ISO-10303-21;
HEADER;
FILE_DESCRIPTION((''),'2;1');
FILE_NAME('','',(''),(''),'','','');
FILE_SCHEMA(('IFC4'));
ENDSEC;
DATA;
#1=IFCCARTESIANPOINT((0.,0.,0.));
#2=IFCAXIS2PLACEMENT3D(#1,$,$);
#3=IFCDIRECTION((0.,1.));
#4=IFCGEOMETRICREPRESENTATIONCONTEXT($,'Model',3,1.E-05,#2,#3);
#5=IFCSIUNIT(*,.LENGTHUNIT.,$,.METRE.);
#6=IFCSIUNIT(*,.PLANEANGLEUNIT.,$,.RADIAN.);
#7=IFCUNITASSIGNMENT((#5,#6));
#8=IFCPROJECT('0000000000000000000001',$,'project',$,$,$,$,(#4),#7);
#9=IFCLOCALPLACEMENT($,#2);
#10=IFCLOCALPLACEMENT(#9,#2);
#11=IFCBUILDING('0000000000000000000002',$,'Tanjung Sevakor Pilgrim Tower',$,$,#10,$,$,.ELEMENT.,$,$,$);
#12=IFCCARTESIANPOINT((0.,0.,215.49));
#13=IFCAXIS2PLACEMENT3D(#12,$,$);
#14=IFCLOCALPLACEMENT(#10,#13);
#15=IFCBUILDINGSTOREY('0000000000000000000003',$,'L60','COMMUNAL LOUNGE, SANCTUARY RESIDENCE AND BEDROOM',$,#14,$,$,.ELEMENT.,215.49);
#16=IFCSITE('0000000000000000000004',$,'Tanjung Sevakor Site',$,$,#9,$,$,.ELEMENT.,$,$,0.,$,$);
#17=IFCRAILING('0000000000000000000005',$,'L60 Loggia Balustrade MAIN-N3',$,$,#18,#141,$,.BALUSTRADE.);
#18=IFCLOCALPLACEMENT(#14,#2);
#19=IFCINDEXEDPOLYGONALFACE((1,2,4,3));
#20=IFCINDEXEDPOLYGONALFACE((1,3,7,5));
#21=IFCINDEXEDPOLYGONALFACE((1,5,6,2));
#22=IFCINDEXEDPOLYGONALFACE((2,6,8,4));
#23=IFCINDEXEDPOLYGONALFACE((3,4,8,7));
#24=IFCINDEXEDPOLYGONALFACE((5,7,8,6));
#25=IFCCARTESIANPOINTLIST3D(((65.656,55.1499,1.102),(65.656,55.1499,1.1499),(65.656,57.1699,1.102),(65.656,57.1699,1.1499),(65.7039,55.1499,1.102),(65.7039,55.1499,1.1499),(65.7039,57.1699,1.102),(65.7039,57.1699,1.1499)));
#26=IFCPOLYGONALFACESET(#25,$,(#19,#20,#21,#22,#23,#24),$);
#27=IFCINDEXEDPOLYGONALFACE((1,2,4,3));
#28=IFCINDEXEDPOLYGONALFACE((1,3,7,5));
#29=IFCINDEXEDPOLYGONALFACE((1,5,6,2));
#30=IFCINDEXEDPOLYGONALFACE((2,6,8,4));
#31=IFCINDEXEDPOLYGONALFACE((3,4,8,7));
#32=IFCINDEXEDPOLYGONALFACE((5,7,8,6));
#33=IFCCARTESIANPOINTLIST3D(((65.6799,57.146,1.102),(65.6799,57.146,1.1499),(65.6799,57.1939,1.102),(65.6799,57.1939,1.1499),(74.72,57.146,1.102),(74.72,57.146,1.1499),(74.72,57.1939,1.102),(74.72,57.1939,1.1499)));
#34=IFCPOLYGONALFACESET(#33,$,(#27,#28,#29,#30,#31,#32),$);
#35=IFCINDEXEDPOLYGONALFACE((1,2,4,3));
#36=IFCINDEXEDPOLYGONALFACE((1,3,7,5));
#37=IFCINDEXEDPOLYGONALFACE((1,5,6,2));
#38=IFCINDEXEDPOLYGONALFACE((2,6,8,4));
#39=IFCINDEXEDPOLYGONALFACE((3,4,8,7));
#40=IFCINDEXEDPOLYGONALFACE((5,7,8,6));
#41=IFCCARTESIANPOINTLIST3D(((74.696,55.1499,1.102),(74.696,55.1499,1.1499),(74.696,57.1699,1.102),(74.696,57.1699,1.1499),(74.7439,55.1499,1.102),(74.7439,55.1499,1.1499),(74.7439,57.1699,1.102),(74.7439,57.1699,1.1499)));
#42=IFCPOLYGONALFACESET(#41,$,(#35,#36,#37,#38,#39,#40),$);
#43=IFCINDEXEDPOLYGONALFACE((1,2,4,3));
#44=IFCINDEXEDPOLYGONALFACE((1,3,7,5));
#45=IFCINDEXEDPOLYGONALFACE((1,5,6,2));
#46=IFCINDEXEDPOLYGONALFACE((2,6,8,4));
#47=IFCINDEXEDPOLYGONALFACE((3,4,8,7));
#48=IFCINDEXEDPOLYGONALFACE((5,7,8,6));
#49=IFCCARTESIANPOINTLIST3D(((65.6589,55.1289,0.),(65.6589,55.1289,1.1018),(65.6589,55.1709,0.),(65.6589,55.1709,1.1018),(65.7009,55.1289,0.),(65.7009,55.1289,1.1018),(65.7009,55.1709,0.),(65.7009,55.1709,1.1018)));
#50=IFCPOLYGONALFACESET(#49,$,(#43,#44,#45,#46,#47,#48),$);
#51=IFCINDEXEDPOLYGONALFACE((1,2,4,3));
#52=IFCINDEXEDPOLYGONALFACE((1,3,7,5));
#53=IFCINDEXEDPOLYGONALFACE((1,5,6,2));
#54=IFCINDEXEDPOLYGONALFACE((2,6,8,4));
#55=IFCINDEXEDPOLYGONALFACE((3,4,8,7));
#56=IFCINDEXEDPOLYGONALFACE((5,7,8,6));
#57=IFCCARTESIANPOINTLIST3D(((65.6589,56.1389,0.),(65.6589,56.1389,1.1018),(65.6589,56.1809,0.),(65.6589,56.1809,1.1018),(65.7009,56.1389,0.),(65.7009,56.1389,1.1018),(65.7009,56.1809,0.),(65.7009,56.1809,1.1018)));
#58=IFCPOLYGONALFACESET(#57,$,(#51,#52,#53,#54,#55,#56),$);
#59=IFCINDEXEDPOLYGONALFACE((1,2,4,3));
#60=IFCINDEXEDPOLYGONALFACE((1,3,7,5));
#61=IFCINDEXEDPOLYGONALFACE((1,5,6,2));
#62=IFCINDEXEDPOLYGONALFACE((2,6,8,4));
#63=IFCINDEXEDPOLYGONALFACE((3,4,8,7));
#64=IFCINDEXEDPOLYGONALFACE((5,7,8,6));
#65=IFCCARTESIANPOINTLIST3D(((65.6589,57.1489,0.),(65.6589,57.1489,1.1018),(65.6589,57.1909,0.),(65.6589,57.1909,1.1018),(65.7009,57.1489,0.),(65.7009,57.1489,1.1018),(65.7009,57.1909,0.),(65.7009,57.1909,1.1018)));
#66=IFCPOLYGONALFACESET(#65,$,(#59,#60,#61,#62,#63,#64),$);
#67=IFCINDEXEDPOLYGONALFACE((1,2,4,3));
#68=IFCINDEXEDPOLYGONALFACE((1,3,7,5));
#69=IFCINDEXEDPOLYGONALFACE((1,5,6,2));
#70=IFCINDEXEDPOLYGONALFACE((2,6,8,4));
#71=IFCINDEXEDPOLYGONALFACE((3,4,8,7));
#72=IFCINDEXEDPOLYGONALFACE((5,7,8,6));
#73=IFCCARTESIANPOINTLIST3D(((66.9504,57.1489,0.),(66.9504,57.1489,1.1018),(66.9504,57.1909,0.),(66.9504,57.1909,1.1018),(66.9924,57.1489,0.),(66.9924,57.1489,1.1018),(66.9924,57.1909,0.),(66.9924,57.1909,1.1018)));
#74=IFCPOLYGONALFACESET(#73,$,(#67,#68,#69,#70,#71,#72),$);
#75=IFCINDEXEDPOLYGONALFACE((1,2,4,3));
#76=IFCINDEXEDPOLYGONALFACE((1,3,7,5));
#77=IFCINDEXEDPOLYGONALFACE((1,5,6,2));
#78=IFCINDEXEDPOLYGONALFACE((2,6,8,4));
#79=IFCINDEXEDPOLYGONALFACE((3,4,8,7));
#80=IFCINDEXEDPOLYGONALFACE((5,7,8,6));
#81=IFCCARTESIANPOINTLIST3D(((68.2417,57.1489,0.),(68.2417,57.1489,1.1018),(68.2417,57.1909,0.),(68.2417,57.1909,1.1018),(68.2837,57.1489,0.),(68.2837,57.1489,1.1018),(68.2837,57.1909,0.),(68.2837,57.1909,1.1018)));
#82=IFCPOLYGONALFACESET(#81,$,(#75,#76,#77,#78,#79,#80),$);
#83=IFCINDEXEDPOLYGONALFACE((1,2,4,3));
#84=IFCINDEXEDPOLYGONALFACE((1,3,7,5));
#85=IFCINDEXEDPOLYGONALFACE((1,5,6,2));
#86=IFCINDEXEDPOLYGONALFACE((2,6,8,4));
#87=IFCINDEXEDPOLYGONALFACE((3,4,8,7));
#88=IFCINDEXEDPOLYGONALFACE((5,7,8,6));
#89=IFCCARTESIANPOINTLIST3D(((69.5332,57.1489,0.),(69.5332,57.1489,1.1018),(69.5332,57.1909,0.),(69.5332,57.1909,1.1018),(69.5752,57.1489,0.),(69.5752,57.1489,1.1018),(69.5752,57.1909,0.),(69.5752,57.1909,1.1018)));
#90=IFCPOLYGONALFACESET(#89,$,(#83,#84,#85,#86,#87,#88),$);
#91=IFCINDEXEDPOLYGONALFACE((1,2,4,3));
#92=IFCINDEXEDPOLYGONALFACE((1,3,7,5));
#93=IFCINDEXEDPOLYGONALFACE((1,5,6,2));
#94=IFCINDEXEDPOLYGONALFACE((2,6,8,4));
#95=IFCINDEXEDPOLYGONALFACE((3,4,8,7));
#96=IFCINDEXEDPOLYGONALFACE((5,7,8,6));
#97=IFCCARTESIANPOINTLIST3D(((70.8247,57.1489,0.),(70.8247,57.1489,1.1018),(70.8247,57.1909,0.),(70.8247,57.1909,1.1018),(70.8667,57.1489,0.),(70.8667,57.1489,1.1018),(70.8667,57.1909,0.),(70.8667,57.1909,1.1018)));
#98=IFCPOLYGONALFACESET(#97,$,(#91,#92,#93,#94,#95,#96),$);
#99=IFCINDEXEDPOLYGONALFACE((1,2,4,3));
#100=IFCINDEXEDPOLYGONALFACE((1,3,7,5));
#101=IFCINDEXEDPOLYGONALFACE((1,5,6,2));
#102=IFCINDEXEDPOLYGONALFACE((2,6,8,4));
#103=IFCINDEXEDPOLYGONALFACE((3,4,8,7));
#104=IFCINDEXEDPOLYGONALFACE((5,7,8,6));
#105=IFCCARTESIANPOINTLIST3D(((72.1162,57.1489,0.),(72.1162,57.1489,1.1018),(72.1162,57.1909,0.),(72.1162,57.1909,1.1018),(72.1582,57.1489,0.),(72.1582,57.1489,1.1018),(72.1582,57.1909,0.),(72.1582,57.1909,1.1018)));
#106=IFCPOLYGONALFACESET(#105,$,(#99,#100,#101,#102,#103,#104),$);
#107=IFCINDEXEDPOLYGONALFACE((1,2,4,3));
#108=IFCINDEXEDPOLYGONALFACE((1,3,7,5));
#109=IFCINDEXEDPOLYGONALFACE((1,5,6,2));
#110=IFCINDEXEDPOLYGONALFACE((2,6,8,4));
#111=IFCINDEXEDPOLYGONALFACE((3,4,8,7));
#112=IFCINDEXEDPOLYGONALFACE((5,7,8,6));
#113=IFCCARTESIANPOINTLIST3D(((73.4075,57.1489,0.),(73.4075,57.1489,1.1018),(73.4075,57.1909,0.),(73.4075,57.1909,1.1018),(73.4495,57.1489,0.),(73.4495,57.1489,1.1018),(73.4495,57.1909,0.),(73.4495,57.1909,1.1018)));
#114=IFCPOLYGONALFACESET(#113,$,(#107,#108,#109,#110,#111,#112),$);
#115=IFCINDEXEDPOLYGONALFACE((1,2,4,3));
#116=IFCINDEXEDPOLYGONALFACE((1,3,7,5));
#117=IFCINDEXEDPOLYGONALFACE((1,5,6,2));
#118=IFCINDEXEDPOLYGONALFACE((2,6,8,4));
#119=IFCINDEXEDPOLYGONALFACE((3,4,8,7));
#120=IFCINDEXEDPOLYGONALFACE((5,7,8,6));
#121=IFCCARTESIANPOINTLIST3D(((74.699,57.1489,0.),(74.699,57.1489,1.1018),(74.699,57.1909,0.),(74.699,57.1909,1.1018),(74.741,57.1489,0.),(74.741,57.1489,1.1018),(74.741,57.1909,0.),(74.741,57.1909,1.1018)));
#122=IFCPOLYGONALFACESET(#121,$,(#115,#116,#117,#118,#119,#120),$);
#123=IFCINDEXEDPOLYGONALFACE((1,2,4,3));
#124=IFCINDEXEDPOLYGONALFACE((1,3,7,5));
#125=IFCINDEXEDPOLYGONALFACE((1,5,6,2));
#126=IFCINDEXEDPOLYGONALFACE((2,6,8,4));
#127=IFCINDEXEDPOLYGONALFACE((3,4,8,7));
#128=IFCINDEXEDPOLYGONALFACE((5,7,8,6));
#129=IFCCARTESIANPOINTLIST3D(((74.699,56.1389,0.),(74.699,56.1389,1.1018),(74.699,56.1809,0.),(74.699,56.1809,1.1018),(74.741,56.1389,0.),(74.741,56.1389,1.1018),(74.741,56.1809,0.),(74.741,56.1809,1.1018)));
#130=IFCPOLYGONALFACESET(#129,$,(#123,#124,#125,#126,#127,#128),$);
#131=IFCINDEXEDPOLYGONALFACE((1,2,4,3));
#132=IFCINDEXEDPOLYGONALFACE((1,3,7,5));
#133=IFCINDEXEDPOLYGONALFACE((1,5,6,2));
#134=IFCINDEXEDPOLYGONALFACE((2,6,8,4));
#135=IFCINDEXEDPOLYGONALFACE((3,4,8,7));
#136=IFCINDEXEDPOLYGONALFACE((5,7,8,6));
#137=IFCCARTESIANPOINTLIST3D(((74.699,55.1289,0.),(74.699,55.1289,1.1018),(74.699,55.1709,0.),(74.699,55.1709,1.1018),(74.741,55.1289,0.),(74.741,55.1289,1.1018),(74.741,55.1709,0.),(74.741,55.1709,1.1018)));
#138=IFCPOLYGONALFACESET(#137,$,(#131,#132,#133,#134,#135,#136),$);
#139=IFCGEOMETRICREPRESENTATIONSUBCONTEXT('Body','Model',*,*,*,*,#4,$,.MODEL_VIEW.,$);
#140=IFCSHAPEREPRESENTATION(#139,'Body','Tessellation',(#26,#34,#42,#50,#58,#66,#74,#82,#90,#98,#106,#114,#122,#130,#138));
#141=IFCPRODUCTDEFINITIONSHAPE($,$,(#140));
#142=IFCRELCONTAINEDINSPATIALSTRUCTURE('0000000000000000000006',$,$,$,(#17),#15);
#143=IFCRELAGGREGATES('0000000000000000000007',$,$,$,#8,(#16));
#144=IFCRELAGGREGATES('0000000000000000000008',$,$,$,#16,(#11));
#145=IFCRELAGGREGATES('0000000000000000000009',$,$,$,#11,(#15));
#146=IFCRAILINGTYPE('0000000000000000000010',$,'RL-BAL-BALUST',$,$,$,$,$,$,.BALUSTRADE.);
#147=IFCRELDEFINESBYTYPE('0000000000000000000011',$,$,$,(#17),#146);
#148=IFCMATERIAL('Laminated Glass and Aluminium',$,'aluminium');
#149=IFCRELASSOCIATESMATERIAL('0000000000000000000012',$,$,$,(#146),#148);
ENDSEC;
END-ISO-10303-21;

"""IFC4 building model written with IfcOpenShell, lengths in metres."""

from ifc_helpers import new_model, si_unit, direction, frame, origin, place, context, subcontext, project, spatial, rectangle, extrude, material, type_object, element, save


model = new_model("IFC4")

# Units and contexts
model_context = context("Model", 3, precision=1e-05, world=origin(), true_north=direction((0.0, 1.0)))
body_context = subcontext(model_context, "Body", "Model", "MODEL_VIEW")
ifc_project = project(units=[si_unit("LENGTHUNIT", "METRE"), si_unit("PLANEANGLEUNIT", "RADIAN")], contexts=[model_context])

# Site, building, storey
site_placement = place(None, origin())
site = spatial("IfcSite", under=ifc_project, at=site_placement, Name="Tanjung Sevakor Site", CompositionType="ELEMENT", RefElevation=0.0)
building_placement = place(site_placement, origin())
building = spatial("IfcBuilding", under=site, at=building_placement, Name="Tanjung Sevakor Pilgrim Tower", CompositionType="ELEMENT")
storey_placement = place(building_placement, frame((0.0, 0.0, 215.49)))
storey = spatial("IfcBuildingStorey", under=building, at=storey_placement, Name="L60", Description="COMMUNAL LOUNGE, SANCTUARY RESIDENCE AND BEDROOM", CompositionType="ELEMENT", Elevation=215.49)

# Railing
ifc_material_1 = material(Name="Laminated Glass and Aluminium", Category="aluminium")
railing_type_1 = type_object("IfcRailingType", Name="RL-BAL-BALUST", PredefinedType="BALUSTRADE", material=ifc_material_1)
railing_1_placement = place(storey_placement, frame((65.6799, 55.1499, 0.0)))
element("IfcRailing", 1, at=railing_1_placement, inside=storey, type_object=railing_type_1, Name="L60 Loggia Balustrade MAIN-N3", PredefinedType="BALUSTRADE", context=body_context, shape_type="SweptSolid", body=[
    extrude(rectangle(XDim=0.0479, YDim=0.0479), frame((0.0, 0.0, 1.126), z_axis=(0.0, 1.0, 0.0), x_axis=(-1.0, 0.0, 0.0)), (0.0, 0.0, 1.0), 2.02),
    extrude(rectangle(XDim=0.0479, YDim=0.0479), frame((0.0, 2.02, 1.126), z_axis=(1.0, 0.0, 0.0), x_axis=(0.0, 1.0, 0.0)), (0.0, 0.0, 1.0), 9.04),
    extrude(rectangle(XDim=0.0479, YDim=0.0479), frame((9.04, 2.02, 1.126), z_axis=(0.0, -1.0, 0.0), x_axis=(1.0, 0.0, 0.0)), (0.0, 0.0, 1.0), 2.02),
    extrude(rectangle(XDim=0.042, YDim=0.042), origin(), (0.0, 0.0, 1.0), 1.1018),
    extrude(rectangle(XDim=0.042, YDim=0.042), frame((0.0, 1.01, 0.0)), (0.0, 0.0, 1.0), 1.1018),
    extrude(rectangle(XDim=0.042, YDim=0.042), frame((0.0, 2.02, 0.0)), (0.0, 0.0, 1.0), 1.1018),
    extrude(rectangle(XDim=0.042, YDim=0.042), frame((1.2915, 2.02, 0.0)), (0.0, 0.0, 1.0), 1.1018),
    extrude(rectangle(XDim=0.042, YDim=0.042), frame((2.5828, 2.02, 0.0)), (0.0, 0.0, 1.0), 1.1018),
    extrude(rectangle(XDim=0.042, YDim=0.042), frame((3.8743, 2.02, 0.0)), (0.0, 0.0, 1.0), 1.1018),
    extrude(rectangle(XDim=0.042, YDim=0.042), frame((5.1658, 2.02, 0.0)), (0.0, 0.0, 1.0), 1.1018),
    extrude(rectangle(XDim=0.042, YDim=0.042), frame((6.4573, 2.02, 0.0)), (0.0, 0.0, 1.0), 1.1018),
    extrude(rectangle(XDim=0.042, YDim=0.042), frame((7.7485, 2.02, 0.0)), (0.0, 0.0, 1.0), 1.1018),
    extrude(rectangle(XDim=0.042, YDim=0.042), frame((9.04, 2.02, 0.0)), (0.0, 0.0, 1.0), 1.1018),
    extrude(rectangle(XDim=0.042, YDim=0.042), frame((9.04, 1.01, 0.0)), (0.0, 0.0, 1.0), 1.1018),
    extrude(rectangle(XDim=0.042, YDim=0.042), frame((9.04, 0.0, 0.0)), (0.0, 0.0, 1.0), 1.1018),
])

save(model, "model.ifc")
